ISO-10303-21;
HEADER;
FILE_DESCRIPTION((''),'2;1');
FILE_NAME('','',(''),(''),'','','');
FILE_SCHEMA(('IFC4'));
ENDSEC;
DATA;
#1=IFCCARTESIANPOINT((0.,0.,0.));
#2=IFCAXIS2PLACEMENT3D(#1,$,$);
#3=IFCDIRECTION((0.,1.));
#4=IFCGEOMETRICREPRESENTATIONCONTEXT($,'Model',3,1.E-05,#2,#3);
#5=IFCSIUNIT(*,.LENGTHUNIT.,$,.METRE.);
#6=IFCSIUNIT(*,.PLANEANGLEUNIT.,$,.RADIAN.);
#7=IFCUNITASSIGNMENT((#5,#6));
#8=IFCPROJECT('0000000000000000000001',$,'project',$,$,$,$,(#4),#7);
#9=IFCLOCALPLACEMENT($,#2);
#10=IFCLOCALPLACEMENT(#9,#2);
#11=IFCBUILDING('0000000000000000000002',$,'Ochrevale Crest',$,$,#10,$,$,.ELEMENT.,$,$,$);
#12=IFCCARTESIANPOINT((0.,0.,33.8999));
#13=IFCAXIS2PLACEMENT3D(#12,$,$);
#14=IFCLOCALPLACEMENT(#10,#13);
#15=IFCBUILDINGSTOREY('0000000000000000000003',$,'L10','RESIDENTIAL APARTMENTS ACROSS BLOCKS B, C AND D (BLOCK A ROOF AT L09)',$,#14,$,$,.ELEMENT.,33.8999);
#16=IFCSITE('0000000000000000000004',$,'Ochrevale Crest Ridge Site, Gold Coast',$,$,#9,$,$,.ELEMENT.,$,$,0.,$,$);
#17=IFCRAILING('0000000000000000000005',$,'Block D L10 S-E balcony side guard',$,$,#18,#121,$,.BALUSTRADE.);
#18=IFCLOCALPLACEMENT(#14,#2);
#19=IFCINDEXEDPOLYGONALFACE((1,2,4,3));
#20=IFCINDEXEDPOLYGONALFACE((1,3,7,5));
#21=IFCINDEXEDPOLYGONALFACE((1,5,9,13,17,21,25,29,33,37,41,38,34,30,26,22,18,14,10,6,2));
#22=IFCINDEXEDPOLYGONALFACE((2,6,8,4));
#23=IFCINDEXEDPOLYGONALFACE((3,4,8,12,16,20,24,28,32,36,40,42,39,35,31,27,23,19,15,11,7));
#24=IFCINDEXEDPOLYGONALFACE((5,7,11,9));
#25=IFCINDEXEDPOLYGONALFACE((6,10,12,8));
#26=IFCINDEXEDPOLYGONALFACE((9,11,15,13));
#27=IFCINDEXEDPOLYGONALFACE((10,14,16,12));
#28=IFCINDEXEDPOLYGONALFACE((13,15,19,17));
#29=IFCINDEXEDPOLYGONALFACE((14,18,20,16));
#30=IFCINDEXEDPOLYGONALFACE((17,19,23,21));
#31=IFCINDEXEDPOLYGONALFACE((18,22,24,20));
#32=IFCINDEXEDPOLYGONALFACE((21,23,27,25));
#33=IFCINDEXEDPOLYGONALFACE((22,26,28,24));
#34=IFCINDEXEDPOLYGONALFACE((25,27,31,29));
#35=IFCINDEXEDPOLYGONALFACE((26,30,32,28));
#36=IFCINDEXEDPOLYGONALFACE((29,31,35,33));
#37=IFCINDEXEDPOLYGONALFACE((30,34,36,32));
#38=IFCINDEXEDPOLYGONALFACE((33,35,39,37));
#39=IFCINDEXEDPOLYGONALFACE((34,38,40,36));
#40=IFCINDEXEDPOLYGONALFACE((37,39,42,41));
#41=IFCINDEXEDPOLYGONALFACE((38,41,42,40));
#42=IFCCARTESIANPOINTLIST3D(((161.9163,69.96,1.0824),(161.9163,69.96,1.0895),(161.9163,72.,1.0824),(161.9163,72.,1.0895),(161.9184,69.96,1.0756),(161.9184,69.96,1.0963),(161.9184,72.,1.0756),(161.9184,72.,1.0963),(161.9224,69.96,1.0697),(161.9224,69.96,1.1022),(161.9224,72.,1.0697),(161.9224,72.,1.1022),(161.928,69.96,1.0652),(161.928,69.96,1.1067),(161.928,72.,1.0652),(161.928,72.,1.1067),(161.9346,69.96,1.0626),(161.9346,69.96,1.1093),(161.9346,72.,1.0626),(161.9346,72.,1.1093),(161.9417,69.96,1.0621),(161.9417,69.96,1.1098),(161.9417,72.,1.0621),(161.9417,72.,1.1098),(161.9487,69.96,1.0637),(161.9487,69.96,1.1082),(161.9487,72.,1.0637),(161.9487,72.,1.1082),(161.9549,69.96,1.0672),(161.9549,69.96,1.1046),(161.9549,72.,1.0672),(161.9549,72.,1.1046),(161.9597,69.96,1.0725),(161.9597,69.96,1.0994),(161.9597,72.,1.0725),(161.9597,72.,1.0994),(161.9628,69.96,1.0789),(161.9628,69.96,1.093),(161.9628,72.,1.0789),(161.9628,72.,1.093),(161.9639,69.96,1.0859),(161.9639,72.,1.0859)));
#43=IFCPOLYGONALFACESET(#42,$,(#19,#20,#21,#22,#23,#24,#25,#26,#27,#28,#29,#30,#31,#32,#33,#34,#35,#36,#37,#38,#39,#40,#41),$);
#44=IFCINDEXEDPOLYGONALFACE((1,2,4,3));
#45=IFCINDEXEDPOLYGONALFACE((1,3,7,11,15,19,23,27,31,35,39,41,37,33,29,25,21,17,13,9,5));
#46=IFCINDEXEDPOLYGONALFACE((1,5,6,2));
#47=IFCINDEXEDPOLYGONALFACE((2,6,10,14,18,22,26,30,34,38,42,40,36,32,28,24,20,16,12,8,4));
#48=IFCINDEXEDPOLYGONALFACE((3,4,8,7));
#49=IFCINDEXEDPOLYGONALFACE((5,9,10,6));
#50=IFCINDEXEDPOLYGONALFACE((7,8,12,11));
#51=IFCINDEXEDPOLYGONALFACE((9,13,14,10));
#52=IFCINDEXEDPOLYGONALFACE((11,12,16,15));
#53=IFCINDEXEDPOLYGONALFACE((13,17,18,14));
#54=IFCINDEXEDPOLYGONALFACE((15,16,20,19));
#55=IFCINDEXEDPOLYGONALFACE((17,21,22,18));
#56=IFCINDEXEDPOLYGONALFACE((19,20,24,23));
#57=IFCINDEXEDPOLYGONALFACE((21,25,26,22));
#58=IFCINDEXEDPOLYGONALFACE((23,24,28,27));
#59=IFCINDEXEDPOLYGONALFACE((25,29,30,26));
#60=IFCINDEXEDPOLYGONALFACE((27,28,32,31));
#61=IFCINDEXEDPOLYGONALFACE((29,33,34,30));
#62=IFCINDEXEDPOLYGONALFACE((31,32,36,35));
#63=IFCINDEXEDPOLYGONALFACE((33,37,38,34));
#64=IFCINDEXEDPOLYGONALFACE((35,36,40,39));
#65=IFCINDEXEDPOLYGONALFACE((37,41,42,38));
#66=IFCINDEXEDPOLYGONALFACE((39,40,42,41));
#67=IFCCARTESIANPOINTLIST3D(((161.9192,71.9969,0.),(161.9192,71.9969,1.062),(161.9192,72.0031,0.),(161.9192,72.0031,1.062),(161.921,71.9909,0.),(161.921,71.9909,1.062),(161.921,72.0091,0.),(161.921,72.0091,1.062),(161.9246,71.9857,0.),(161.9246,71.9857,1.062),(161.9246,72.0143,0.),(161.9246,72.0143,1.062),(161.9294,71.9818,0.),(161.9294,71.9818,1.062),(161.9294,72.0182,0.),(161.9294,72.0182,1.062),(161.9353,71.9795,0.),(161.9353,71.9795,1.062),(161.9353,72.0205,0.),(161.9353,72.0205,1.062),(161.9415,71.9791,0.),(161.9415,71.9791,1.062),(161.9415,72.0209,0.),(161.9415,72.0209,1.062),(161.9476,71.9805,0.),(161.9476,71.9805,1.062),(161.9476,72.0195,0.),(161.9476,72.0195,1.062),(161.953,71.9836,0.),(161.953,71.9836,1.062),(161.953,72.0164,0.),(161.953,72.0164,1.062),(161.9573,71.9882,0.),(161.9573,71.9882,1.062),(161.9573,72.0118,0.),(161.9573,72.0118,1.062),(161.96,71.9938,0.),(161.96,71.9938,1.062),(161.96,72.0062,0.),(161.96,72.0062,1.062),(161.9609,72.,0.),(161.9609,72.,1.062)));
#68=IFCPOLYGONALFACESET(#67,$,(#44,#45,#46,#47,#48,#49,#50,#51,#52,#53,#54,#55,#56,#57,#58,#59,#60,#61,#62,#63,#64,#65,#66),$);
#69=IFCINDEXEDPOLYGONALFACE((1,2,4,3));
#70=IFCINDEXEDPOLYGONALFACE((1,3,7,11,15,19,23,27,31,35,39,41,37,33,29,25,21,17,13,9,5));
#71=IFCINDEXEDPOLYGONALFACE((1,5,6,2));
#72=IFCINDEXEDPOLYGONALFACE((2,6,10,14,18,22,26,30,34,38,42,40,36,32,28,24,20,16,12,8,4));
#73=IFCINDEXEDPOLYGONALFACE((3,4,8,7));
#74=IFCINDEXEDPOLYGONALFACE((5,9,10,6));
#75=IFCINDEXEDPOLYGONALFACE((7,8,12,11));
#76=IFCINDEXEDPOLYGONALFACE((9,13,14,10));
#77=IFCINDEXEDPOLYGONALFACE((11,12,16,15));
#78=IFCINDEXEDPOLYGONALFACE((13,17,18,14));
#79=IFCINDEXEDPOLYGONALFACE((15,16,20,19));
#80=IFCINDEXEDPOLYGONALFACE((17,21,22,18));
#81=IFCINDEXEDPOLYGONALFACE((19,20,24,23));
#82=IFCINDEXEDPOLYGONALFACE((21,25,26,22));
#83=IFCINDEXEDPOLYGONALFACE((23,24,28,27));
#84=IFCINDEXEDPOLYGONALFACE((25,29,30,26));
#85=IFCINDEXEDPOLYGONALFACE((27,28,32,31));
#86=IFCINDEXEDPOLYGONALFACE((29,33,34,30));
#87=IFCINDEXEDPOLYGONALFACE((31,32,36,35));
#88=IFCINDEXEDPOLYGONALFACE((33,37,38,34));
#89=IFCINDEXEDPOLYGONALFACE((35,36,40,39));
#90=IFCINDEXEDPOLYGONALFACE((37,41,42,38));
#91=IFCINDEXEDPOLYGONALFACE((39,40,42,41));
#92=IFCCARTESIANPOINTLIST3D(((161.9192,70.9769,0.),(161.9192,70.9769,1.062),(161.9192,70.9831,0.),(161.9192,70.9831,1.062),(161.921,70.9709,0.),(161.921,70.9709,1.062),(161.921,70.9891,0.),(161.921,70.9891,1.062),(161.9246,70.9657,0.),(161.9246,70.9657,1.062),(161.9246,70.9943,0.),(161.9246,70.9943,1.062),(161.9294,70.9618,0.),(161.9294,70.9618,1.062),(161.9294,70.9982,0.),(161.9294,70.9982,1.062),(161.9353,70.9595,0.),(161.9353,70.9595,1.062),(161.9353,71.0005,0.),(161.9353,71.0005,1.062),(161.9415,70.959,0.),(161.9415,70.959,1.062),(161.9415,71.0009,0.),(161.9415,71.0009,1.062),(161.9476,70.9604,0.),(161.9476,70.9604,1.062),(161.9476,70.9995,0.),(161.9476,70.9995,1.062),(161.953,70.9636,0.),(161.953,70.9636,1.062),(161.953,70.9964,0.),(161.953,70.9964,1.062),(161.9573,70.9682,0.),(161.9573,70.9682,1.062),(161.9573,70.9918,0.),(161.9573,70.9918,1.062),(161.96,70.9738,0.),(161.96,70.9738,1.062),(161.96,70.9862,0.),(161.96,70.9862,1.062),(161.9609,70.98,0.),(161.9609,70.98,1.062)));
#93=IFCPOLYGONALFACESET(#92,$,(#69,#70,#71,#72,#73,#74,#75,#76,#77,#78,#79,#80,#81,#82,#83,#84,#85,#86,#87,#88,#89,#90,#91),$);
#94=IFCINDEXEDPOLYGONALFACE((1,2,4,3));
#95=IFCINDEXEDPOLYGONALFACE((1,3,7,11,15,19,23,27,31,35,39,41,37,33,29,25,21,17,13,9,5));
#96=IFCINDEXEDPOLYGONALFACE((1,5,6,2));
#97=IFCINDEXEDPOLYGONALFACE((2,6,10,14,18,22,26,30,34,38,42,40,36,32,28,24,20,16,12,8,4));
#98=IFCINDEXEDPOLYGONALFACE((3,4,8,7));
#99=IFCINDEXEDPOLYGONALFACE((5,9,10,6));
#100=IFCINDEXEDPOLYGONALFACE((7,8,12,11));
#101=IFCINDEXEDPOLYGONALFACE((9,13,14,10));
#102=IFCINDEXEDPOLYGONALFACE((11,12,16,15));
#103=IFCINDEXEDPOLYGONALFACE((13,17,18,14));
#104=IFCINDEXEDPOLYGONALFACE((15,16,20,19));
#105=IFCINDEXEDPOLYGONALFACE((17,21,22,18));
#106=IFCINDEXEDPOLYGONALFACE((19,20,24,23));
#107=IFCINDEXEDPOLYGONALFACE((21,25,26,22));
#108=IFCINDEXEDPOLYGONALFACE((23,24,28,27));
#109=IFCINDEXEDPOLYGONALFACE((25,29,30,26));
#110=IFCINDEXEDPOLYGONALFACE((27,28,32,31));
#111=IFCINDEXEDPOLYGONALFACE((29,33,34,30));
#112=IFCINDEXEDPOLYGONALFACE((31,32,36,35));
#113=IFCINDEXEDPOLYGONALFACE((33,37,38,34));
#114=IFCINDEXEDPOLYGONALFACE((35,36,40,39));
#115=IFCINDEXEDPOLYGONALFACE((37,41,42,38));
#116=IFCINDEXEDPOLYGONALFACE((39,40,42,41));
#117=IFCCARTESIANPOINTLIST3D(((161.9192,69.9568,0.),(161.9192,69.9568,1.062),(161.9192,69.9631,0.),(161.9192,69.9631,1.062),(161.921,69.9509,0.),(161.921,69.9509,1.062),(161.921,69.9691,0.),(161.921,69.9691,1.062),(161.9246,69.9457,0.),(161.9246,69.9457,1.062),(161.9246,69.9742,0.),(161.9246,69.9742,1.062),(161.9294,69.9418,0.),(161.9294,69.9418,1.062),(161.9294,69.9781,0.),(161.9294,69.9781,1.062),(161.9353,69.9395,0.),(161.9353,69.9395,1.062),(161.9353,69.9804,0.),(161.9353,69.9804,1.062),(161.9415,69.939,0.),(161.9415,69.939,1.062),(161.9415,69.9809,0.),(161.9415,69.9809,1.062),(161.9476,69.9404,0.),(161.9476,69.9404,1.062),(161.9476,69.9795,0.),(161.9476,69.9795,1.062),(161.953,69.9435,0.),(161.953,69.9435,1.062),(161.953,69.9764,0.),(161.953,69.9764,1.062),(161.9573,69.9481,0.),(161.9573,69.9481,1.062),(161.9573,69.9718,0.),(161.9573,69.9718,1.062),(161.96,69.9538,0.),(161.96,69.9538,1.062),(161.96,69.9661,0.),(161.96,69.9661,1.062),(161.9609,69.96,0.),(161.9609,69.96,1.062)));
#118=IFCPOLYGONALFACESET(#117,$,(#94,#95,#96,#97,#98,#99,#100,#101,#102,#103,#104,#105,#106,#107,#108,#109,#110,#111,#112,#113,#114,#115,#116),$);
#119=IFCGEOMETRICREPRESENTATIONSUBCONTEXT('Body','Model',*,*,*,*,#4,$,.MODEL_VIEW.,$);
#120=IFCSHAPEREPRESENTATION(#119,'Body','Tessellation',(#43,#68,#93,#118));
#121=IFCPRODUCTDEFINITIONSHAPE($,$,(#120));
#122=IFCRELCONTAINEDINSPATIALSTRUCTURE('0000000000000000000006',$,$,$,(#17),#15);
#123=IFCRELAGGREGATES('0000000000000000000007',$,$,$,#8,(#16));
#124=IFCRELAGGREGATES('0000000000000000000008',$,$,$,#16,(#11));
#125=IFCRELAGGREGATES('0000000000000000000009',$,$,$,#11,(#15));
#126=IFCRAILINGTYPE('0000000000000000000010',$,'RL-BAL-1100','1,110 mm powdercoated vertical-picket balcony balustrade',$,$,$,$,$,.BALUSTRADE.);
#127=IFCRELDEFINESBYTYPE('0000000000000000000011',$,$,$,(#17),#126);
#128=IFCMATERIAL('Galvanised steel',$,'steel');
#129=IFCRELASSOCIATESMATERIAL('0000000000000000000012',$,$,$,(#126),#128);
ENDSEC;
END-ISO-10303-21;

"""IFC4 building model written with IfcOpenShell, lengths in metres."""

from ifc_helpers import new_model, si_unit, direction, frame, origin, origin_2d, place, context, subcontext, project, spatial, circle, extrude, material, type_object, element, save


model = new_model("IFC4")

# Units and contexts
model_context = context("Model", 3, precision=1e-05, world=origin(), true_north=direction((0.0, 1.0)))
body_context = subcontext(model_context, "Body", "Model", "MODEL_VIEW")
ifc_project = project(units=[si_unit("LENGTHUNIT", "METRE"), si_unit("PLANEANGLEUNIT", "RADIAN")], contexts=[model_context])

# Site, building, storey
site_placement = place(None, origin())
site = spatial("IfcSite", under=ifc_project, at=site_placement, Name="Ochrevale Crest Ridge Site, Gold Coast", CompositionType="ELEMENT", RefElevation=0.0)
building_placement = place(site_placement, origin())
building = spatial("IfcBuilding", under=site, at=building_placement, Name="Ochrevale Crest", CompositionType="ELEMENT")
storey_placement = place(building_placement, frame((0.0, 0.0, 33.8999)))
storey = spatial("IfcBuildingStorey", under=building, at=storey_placement, Name="L10", Description="RESIDENTIAL APARTMENTS ACROSS BLOCKS B, C AND D (BLOCK A ROOF AT L09)", CompositionType="ELEMENT", Elevation=33.8999)

# Railing
ifc_material_1 = material(Name="Galvanised steel", Category="steel")
railing_type_1 = type_object("IfcRailingType", Name="RL-BAL-1100", Description="1,110 mm powdercoated vertical-picket balcony balustrade", PredefinedType="BALUSTRADE", material=ifc_material_1)
railing_1_placement = place(storey_placement, frame((161.9399, 72.0, 0.0)))
element("IfcRailing", 1, at=railing_1_placement, inside=storey, type_object=railing_type_1, Name="Block D L10 S-E balcony side guard", PredefinedType="BALUSTRADE", context=body_context, shape_type="SweptSolid", body=[
    extrude(circle(Radius=0.0239, at=origin_2d()), frame((0.0, 0.0, 1.0859), z_axis=(0.0, -1.0, 0.0), x_axis=(1.0, 0.0, 0.0)), (0.0, 0.0, 1.0), 2.04),
    extrude(circle(Radius=0.021, at=origin_2d()), origin(), (0.0, 0.0, 1.0), 1.062),
    extrude(circle(Radius=0.021, at=origin_2d()), frame((0.0, -1.02, 0.0)), (0.0, 0.0, 1.0), 1.062),
    extrude(circle(Radius=0.021, at=origin_2d()), frame((0.0, -2.04, 0.0)), (0.0, 0.0, 1.0), 1.062),
])

save(model, "model.ifc")
